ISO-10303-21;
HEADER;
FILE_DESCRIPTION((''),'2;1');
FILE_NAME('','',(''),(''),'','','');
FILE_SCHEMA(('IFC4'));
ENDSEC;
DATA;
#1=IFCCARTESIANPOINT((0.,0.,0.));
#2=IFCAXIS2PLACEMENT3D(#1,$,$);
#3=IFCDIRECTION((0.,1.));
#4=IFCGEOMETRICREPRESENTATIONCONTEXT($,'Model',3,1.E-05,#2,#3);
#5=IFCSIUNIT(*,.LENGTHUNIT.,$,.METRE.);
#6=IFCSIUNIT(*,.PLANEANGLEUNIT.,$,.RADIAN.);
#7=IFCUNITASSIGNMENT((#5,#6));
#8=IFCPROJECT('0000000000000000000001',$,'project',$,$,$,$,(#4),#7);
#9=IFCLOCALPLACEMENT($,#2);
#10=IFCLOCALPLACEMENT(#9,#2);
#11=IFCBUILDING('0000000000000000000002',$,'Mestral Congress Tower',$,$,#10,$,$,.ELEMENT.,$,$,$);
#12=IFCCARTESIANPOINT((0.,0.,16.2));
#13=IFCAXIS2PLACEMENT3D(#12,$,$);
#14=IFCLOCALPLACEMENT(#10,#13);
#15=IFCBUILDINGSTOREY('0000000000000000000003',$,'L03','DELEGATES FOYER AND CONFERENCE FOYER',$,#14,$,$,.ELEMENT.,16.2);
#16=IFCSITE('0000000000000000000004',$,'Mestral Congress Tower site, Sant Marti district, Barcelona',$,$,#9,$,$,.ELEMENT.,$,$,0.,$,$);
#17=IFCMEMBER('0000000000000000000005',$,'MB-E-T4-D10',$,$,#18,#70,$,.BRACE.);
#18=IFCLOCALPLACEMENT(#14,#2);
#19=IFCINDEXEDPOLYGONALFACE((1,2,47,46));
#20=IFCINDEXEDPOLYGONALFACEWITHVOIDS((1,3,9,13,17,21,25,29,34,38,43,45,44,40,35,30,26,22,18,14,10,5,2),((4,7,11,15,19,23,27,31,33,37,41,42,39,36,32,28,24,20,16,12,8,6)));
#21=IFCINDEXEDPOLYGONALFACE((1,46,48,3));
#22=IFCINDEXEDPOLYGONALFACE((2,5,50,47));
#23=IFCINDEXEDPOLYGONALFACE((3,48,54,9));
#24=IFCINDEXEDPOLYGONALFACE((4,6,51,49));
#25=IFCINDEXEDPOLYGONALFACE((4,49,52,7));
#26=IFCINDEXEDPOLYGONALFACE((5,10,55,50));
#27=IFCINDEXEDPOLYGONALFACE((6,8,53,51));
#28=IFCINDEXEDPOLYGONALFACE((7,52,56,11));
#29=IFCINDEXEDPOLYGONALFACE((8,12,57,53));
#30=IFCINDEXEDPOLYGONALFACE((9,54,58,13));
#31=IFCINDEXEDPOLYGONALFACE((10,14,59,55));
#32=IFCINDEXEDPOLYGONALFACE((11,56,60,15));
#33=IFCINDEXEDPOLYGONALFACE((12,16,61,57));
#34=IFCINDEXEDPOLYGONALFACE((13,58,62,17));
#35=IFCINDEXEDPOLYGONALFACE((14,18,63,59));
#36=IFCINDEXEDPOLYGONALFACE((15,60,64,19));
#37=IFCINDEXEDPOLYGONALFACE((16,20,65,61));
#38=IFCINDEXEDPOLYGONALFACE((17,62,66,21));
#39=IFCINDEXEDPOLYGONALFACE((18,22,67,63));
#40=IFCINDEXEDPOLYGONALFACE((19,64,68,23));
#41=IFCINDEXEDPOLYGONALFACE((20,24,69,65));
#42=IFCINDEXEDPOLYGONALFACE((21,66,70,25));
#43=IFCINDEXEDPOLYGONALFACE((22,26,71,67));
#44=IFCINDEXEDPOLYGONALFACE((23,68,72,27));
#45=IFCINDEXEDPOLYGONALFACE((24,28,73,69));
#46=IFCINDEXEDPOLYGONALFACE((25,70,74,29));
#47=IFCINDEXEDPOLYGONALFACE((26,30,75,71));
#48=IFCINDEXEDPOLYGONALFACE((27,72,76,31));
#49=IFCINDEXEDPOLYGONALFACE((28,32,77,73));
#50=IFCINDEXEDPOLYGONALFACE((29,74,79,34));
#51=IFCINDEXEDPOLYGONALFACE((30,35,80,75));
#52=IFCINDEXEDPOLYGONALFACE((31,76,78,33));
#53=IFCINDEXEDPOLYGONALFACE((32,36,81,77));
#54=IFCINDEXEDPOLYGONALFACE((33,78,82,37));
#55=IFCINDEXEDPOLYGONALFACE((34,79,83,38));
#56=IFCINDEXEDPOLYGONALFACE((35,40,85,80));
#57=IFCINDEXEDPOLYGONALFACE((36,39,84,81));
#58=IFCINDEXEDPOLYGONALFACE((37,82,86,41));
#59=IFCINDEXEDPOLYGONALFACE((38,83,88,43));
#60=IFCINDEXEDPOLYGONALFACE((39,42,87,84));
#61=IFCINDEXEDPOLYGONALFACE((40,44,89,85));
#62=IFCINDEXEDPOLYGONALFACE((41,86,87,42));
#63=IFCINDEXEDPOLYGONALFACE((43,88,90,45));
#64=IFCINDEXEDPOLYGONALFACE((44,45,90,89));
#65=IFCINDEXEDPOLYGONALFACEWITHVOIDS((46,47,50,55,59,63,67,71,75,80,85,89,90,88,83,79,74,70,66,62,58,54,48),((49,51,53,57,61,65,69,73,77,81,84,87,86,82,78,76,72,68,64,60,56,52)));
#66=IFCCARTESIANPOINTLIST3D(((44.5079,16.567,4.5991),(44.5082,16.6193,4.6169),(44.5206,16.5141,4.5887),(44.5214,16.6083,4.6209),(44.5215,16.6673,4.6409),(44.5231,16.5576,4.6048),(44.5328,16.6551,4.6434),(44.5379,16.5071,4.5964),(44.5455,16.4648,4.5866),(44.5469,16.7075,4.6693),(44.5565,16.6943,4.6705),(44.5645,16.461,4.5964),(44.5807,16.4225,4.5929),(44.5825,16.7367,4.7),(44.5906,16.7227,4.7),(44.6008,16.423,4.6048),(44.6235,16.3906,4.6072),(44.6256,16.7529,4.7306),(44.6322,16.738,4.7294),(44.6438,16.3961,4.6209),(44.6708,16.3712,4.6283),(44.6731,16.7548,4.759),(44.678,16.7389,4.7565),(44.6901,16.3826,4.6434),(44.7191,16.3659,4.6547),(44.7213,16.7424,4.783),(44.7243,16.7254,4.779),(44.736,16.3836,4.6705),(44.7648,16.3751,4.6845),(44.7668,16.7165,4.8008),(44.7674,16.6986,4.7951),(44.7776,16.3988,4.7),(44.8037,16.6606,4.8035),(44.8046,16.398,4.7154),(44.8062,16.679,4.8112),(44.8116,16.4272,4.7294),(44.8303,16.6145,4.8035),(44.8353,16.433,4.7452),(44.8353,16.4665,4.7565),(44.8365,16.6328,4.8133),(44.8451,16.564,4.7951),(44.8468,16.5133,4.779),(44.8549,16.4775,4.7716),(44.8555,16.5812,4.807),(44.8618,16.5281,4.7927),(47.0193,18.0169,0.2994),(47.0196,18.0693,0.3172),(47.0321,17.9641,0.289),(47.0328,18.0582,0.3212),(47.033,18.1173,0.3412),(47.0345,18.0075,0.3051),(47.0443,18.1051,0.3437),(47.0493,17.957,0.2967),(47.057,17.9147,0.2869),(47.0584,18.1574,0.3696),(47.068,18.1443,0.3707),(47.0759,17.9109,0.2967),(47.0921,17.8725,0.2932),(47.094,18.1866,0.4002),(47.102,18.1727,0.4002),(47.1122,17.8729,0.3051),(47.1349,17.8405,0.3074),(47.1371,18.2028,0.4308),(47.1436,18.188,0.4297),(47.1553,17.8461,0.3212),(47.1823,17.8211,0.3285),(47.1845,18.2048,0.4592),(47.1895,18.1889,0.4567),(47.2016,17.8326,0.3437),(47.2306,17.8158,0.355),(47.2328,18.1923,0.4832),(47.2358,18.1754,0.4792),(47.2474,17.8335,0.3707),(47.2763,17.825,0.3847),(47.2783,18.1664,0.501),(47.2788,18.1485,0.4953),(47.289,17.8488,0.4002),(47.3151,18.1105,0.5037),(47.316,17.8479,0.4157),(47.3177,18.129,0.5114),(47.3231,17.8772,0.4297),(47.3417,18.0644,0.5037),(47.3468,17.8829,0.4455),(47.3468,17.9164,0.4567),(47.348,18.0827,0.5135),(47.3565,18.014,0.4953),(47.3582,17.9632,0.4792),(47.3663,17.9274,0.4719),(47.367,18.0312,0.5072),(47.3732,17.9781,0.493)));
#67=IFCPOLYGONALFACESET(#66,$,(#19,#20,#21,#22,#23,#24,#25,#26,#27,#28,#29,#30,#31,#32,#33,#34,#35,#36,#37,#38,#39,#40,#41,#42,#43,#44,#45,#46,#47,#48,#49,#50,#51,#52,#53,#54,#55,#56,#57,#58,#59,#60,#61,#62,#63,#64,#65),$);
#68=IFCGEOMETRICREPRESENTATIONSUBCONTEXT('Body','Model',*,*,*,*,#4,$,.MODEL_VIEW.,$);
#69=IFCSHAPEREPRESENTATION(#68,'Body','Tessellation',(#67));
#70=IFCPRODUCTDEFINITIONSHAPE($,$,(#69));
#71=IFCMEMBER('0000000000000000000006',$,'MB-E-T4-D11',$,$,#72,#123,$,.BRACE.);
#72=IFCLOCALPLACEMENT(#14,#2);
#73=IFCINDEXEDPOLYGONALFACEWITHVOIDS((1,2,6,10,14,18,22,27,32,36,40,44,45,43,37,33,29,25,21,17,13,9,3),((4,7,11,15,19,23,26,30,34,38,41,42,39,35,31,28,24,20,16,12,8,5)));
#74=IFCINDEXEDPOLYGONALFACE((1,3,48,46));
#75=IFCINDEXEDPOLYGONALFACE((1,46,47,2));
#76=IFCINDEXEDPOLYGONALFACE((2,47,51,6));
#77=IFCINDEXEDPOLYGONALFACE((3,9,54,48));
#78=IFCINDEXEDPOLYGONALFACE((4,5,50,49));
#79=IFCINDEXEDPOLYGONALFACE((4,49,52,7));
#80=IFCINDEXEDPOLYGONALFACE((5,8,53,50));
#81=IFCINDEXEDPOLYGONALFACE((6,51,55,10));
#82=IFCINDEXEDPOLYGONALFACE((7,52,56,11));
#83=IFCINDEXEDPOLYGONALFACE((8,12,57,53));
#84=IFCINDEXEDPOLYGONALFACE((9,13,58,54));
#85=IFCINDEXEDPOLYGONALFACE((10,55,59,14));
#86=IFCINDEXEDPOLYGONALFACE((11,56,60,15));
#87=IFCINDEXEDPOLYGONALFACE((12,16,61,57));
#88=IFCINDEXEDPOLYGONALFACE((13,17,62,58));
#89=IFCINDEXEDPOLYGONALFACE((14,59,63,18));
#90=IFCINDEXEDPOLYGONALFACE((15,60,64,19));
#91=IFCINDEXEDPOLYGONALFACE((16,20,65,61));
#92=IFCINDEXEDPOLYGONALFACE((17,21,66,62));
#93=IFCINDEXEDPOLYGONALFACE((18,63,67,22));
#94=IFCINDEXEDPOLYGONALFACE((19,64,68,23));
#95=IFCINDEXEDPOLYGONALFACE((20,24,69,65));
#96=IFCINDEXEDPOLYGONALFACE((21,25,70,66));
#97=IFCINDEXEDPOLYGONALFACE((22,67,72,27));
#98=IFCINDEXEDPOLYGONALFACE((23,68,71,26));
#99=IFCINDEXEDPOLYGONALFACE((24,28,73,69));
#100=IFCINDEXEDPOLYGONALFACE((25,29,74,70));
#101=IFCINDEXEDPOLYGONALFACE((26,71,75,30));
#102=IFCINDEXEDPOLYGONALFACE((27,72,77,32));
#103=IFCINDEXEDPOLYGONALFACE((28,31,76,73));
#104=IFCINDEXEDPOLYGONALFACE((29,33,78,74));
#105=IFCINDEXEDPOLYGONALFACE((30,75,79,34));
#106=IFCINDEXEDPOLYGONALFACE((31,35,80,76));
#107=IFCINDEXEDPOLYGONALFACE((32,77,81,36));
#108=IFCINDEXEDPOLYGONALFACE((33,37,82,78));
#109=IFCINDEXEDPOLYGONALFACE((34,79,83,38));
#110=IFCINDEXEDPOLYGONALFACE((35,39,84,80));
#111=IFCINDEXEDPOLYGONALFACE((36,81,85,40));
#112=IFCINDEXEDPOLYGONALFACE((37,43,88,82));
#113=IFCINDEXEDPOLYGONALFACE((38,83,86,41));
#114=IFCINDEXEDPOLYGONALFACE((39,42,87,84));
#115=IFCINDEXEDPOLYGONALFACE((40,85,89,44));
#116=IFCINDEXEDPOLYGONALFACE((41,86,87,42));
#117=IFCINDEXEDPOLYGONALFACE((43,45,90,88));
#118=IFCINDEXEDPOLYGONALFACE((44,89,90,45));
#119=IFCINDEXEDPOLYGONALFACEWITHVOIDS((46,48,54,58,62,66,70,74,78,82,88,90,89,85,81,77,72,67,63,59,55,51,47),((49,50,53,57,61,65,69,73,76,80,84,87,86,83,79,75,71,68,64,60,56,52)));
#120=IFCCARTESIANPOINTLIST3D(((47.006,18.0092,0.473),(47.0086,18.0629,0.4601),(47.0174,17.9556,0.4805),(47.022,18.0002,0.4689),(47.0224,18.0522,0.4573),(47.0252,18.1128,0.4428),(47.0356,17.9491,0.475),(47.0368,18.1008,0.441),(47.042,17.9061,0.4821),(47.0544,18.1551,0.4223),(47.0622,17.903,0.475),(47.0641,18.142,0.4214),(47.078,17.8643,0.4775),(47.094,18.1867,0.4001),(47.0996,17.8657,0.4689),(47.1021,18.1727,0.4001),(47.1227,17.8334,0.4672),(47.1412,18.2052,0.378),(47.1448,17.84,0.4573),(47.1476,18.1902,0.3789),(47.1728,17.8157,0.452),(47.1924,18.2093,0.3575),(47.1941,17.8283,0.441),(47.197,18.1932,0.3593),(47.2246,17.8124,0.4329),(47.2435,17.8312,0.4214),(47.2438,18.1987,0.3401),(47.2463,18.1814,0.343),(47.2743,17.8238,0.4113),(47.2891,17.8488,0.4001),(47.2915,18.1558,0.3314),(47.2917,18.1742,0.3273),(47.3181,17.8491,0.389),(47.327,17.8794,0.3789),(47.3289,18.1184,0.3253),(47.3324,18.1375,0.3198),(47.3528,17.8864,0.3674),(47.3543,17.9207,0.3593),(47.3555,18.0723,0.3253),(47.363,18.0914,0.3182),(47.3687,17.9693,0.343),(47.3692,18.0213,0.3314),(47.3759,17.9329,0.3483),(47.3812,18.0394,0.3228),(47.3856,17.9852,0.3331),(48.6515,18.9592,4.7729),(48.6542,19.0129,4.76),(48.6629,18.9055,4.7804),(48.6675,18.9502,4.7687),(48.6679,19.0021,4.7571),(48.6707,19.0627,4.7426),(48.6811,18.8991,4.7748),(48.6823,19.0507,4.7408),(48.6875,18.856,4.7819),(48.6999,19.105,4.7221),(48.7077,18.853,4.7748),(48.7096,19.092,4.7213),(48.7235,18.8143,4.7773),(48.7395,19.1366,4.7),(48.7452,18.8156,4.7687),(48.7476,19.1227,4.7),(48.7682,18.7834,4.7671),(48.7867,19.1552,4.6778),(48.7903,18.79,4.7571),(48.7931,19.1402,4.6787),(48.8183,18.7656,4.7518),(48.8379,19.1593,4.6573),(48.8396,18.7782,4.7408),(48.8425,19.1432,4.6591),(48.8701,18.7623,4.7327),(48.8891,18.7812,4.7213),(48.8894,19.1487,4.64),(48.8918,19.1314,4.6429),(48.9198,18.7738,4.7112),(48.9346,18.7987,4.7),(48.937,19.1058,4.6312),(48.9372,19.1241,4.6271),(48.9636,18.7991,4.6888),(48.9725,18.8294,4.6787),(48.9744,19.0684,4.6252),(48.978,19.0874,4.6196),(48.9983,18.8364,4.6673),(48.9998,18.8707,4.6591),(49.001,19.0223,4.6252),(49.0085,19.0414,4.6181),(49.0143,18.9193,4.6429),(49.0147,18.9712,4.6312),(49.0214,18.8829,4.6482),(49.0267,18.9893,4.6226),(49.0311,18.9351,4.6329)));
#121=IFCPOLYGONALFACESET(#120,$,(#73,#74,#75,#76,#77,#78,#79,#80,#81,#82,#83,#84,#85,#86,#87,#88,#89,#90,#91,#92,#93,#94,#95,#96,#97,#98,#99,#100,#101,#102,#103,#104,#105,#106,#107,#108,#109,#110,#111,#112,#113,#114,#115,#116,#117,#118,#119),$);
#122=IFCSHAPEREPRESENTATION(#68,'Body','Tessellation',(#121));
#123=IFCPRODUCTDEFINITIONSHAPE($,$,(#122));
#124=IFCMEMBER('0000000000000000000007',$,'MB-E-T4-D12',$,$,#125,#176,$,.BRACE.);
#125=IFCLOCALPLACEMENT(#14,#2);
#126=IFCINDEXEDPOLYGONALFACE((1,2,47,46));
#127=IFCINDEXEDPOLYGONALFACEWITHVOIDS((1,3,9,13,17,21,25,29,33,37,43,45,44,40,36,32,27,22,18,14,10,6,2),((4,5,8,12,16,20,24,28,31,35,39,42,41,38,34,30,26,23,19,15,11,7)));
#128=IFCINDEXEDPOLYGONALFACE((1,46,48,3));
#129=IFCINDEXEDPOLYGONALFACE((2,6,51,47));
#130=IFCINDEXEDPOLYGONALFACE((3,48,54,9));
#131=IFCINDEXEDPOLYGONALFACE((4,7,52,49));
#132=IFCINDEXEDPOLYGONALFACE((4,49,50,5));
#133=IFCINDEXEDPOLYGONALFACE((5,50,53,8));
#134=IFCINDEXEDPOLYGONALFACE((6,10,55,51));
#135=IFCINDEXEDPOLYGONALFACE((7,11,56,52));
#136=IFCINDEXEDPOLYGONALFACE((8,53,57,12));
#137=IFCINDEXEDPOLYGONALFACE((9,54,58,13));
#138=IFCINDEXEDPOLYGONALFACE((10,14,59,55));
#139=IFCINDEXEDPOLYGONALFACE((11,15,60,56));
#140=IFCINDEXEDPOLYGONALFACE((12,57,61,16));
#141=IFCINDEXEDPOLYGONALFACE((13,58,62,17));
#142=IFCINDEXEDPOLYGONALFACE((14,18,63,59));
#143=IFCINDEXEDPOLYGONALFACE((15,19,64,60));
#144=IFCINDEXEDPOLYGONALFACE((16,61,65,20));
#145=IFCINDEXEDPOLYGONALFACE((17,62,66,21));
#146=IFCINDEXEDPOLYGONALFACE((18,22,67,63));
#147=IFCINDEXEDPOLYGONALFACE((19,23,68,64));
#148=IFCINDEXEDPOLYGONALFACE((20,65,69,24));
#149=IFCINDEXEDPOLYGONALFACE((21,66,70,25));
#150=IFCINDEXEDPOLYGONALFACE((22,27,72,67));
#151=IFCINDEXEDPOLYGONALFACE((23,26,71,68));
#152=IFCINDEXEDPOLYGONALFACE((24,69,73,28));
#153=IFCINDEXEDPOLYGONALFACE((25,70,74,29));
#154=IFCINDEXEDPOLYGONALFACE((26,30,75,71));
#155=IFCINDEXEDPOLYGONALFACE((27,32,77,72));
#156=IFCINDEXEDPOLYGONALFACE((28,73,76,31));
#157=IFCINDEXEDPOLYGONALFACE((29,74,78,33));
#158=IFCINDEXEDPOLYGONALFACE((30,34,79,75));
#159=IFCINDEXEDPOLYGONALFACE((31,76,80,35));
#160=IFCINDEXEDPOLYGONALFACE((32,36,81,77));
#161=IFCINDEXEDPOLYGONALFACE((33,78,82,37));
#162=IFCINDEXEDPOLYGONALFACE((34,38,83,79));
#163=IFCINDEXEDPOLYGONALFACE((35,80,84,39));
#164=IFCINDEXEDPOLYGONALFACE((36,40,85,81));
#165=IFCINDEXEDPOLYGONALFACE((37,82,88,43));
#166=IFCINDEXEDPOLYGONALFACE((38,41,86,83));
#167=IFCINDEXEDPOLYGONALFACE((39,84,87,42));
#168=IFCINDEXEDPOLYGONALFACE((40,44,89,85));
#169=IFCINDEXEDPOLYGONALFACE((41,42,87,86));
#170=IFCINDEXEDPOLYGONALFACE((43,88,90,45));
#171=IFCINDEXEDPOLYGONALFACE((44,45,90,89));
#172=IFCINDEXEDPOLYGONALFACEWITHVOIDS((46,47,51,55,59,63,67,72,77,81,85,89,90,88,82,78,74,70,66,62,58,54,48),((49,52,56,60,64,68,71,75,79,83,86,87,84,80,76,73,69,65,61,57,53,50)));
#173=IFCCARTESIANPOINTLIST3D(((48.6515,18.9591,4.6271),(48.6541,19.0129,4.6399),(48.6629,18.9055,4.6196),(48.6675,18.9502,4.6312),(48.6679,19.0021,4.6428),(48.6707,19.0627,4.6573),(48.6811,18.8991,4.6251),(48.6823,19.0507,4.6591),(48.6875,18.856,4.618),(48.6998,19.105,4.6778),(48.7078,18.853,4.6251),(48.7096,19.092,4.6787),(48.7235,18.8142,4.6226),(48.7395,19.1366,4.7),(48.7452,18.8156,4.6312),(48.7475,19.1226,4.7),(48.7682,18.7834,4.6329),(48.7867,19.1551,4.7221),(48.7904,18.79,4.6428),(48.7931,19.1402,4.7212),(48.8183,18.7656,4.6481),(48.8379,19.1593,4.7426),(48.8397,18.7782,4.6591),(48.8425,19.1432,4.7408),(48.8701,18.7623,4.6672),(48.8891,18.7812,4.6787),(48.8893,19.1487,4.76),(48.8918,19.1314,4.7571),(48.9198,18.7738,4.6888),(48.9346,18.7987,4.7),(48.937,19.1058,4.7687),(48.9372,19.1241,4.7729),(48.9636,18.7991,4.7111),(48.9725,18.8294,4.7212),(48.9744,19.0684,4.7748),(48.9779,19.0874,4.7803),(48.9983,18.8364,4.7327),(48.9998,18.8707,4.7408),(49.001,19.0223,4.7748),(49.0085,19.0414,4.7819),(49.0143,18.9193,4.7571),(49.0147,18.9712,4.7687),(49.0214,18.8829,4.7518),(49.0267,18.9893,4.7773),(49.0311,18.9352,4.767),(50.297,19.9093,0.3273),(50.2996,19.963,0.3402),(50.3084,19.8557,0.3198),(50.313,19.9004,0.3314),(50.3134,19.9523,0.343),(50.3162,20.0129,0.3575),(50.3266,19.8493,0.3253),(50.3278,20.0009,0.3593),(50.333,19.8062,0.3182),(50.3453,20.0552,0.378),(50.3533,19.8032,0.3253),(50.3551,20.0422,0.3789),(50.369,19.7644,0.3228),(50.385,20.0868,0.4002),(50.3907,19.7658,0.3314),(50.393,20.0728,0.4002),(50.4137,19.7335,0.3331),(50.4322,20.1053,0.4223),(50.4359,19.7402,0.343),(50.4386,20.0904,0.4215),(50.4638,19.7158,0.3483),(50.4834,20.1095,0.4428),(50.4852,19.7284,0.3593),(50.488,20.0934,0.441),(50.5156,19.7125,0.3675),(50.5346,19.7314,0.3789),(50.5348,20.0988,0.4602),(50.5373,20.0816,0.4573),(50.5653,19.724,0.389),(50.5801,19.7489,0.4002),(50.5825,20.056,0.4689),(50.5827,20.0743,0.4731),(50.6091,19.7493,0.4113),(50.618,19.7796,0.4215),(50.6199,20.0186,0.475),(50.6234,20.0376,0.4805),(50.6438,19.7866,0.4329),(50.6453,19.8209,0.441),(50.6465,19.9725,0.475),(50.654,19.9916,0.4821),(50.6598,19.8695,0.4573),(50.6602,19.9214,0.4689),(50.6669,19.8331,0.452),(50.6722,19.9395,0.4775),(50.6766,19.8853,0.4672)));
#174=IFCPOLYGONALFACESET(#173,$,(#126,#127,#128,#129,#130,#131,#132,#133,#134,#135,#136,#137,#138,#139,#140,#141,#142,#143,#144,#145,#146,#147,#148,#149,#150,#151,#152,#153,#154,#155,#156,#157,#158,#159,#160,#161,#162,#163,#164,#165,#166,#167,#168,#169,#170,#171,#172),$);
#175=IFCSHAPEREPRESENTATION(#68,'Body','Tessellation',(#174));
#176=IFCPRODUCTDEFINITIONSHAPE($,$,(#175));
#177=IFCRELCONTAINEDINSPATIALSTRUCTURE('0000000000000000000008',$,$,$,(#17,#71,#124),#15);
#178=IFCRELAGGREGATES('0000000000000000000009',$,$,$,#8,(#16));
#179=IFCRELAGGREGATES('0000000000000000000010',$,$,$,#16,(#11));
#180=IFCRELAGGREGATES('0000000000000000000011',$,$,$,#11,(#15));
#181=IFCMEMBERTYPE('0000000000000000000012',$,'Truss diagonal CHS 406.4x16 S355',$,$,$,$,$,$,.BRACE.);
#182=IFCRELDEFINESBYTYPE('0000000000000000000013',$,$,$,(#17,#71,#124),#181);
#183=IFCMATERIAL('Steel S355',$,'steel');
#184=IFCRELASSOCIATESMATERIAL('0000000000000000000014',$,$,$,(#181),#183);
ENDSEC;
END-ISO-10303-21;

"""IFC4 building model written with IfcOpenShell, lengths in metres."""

from ifc_helpers import new_model, si_unit, direction, frame, origin, origin_2d, place, context, subcontext, project, spatial, hollow_circle, extrude, material, material_profile, profile_set, type_object, element, save


model = new_model("IFC4")

# Units and contexts
model_context = context("Model", 3, precision=1e-05, world=origin(), true_north=direction((0.0, 1.0)))
body_context = subcontext(model_context, "Body", "Model", "MODEL_VIEW")
ifc_project = project(units=[si_unit("LENGTHUNIT", "METRE"), si_unit("PLANEANGLEUNIT", "RADIAN")], contexts=[model_context])

# Site, building, storey
site_placement = place(None, origin())
site = spatial("IfcSite", under=ifc_project, at=site_placement, Name="Mestral Congress Tower site, Sant Marti district, Barcelona", CompositionType="ELEMENT", RefElevation=0.0)
building_placement = place(site_placement, origin())
building = spatial("IfcBuilding", under=site, at=building_placement, Name="Mestral Congress Tower", CompositionType="ELEMENT")
storey_placement = place(building_placement, frame((0.0, 0.0, 16.2)))
storey = spatial("IfcBuildingStorey", under=building, at=storey_placement, Name="L03", Description="DELEGATES FOYER AND CONFERENCE FOYER", CompositionType="ELEMENT", Elevation=16.2)

# Members
ifc_material = material(Name="Steel S355", Category="steel")
ifc_material_profile_1 = material_profile(ifc_material, hollow_circle(Radius=0.2031, WallThickness=0.0161, at=origin_2d()), Name="CHS 406.4x16")
ifc_profile_set_1 = profile_set([ifc_material_profile_1], Name="Steel S355")
member_type_1 = type_object("IfcMemberType", Name="Truss diagonal CHS 406.4x16 S355", PredefinedType="BRACE", material=ifc_profile_set_1)
member_1_placement = place(storey_placement, frame((44.6841, 16.5608, 4.7), z_axis=(0.484247, 0.279571, -0.829062), x_axis=(-0.499987, 0.866033, 0.0)))
element("IfcMember", 1, at=member_1_placement, inside=storey, type_object=member_type_1, Name="MB-E-T4-D10", PredefinedType="BRACE", context=body_context, shape_type="SweptSolid", body=[
    extrude(hollow_circle(Radius=0.2031, WallThickness=0.0161, at=origin_2d()), origin(), (0.0, 0.0, 1.0), 5.1863),
])
for number, where, z_axis, x_axis, name in (
    (2, (47.1956, 18.0107, 0.4001), (0.350041, 0.202079, 0.914678), (-0.499967, 0.866044, 0.0), "MB-E-T4-D11"),
    (3, (48.8411, 18.9607, 4.7), (0.350038, 0.202129, -0.914668), (-0.500064, 0.865989, 0.0), "MB-E-T4-D12"),
):
    element("IfcMember", number, at=place(storey_placement, frame(where, z_axis=z_axis, x_axis=x_axis)), inside=storey, type_object=member_type_1, Name=name, PredefinedType="BRACE", context=body_context, shape_type="SweptSolid", body=[
        extrude(hollow_circle(Radius=0.2031, WallThickness=0.0161, at=origin_2d()), origin(), (0.0, 0.0, 1.0), 4.7009),
    ])

save(model, "model.ifc")
